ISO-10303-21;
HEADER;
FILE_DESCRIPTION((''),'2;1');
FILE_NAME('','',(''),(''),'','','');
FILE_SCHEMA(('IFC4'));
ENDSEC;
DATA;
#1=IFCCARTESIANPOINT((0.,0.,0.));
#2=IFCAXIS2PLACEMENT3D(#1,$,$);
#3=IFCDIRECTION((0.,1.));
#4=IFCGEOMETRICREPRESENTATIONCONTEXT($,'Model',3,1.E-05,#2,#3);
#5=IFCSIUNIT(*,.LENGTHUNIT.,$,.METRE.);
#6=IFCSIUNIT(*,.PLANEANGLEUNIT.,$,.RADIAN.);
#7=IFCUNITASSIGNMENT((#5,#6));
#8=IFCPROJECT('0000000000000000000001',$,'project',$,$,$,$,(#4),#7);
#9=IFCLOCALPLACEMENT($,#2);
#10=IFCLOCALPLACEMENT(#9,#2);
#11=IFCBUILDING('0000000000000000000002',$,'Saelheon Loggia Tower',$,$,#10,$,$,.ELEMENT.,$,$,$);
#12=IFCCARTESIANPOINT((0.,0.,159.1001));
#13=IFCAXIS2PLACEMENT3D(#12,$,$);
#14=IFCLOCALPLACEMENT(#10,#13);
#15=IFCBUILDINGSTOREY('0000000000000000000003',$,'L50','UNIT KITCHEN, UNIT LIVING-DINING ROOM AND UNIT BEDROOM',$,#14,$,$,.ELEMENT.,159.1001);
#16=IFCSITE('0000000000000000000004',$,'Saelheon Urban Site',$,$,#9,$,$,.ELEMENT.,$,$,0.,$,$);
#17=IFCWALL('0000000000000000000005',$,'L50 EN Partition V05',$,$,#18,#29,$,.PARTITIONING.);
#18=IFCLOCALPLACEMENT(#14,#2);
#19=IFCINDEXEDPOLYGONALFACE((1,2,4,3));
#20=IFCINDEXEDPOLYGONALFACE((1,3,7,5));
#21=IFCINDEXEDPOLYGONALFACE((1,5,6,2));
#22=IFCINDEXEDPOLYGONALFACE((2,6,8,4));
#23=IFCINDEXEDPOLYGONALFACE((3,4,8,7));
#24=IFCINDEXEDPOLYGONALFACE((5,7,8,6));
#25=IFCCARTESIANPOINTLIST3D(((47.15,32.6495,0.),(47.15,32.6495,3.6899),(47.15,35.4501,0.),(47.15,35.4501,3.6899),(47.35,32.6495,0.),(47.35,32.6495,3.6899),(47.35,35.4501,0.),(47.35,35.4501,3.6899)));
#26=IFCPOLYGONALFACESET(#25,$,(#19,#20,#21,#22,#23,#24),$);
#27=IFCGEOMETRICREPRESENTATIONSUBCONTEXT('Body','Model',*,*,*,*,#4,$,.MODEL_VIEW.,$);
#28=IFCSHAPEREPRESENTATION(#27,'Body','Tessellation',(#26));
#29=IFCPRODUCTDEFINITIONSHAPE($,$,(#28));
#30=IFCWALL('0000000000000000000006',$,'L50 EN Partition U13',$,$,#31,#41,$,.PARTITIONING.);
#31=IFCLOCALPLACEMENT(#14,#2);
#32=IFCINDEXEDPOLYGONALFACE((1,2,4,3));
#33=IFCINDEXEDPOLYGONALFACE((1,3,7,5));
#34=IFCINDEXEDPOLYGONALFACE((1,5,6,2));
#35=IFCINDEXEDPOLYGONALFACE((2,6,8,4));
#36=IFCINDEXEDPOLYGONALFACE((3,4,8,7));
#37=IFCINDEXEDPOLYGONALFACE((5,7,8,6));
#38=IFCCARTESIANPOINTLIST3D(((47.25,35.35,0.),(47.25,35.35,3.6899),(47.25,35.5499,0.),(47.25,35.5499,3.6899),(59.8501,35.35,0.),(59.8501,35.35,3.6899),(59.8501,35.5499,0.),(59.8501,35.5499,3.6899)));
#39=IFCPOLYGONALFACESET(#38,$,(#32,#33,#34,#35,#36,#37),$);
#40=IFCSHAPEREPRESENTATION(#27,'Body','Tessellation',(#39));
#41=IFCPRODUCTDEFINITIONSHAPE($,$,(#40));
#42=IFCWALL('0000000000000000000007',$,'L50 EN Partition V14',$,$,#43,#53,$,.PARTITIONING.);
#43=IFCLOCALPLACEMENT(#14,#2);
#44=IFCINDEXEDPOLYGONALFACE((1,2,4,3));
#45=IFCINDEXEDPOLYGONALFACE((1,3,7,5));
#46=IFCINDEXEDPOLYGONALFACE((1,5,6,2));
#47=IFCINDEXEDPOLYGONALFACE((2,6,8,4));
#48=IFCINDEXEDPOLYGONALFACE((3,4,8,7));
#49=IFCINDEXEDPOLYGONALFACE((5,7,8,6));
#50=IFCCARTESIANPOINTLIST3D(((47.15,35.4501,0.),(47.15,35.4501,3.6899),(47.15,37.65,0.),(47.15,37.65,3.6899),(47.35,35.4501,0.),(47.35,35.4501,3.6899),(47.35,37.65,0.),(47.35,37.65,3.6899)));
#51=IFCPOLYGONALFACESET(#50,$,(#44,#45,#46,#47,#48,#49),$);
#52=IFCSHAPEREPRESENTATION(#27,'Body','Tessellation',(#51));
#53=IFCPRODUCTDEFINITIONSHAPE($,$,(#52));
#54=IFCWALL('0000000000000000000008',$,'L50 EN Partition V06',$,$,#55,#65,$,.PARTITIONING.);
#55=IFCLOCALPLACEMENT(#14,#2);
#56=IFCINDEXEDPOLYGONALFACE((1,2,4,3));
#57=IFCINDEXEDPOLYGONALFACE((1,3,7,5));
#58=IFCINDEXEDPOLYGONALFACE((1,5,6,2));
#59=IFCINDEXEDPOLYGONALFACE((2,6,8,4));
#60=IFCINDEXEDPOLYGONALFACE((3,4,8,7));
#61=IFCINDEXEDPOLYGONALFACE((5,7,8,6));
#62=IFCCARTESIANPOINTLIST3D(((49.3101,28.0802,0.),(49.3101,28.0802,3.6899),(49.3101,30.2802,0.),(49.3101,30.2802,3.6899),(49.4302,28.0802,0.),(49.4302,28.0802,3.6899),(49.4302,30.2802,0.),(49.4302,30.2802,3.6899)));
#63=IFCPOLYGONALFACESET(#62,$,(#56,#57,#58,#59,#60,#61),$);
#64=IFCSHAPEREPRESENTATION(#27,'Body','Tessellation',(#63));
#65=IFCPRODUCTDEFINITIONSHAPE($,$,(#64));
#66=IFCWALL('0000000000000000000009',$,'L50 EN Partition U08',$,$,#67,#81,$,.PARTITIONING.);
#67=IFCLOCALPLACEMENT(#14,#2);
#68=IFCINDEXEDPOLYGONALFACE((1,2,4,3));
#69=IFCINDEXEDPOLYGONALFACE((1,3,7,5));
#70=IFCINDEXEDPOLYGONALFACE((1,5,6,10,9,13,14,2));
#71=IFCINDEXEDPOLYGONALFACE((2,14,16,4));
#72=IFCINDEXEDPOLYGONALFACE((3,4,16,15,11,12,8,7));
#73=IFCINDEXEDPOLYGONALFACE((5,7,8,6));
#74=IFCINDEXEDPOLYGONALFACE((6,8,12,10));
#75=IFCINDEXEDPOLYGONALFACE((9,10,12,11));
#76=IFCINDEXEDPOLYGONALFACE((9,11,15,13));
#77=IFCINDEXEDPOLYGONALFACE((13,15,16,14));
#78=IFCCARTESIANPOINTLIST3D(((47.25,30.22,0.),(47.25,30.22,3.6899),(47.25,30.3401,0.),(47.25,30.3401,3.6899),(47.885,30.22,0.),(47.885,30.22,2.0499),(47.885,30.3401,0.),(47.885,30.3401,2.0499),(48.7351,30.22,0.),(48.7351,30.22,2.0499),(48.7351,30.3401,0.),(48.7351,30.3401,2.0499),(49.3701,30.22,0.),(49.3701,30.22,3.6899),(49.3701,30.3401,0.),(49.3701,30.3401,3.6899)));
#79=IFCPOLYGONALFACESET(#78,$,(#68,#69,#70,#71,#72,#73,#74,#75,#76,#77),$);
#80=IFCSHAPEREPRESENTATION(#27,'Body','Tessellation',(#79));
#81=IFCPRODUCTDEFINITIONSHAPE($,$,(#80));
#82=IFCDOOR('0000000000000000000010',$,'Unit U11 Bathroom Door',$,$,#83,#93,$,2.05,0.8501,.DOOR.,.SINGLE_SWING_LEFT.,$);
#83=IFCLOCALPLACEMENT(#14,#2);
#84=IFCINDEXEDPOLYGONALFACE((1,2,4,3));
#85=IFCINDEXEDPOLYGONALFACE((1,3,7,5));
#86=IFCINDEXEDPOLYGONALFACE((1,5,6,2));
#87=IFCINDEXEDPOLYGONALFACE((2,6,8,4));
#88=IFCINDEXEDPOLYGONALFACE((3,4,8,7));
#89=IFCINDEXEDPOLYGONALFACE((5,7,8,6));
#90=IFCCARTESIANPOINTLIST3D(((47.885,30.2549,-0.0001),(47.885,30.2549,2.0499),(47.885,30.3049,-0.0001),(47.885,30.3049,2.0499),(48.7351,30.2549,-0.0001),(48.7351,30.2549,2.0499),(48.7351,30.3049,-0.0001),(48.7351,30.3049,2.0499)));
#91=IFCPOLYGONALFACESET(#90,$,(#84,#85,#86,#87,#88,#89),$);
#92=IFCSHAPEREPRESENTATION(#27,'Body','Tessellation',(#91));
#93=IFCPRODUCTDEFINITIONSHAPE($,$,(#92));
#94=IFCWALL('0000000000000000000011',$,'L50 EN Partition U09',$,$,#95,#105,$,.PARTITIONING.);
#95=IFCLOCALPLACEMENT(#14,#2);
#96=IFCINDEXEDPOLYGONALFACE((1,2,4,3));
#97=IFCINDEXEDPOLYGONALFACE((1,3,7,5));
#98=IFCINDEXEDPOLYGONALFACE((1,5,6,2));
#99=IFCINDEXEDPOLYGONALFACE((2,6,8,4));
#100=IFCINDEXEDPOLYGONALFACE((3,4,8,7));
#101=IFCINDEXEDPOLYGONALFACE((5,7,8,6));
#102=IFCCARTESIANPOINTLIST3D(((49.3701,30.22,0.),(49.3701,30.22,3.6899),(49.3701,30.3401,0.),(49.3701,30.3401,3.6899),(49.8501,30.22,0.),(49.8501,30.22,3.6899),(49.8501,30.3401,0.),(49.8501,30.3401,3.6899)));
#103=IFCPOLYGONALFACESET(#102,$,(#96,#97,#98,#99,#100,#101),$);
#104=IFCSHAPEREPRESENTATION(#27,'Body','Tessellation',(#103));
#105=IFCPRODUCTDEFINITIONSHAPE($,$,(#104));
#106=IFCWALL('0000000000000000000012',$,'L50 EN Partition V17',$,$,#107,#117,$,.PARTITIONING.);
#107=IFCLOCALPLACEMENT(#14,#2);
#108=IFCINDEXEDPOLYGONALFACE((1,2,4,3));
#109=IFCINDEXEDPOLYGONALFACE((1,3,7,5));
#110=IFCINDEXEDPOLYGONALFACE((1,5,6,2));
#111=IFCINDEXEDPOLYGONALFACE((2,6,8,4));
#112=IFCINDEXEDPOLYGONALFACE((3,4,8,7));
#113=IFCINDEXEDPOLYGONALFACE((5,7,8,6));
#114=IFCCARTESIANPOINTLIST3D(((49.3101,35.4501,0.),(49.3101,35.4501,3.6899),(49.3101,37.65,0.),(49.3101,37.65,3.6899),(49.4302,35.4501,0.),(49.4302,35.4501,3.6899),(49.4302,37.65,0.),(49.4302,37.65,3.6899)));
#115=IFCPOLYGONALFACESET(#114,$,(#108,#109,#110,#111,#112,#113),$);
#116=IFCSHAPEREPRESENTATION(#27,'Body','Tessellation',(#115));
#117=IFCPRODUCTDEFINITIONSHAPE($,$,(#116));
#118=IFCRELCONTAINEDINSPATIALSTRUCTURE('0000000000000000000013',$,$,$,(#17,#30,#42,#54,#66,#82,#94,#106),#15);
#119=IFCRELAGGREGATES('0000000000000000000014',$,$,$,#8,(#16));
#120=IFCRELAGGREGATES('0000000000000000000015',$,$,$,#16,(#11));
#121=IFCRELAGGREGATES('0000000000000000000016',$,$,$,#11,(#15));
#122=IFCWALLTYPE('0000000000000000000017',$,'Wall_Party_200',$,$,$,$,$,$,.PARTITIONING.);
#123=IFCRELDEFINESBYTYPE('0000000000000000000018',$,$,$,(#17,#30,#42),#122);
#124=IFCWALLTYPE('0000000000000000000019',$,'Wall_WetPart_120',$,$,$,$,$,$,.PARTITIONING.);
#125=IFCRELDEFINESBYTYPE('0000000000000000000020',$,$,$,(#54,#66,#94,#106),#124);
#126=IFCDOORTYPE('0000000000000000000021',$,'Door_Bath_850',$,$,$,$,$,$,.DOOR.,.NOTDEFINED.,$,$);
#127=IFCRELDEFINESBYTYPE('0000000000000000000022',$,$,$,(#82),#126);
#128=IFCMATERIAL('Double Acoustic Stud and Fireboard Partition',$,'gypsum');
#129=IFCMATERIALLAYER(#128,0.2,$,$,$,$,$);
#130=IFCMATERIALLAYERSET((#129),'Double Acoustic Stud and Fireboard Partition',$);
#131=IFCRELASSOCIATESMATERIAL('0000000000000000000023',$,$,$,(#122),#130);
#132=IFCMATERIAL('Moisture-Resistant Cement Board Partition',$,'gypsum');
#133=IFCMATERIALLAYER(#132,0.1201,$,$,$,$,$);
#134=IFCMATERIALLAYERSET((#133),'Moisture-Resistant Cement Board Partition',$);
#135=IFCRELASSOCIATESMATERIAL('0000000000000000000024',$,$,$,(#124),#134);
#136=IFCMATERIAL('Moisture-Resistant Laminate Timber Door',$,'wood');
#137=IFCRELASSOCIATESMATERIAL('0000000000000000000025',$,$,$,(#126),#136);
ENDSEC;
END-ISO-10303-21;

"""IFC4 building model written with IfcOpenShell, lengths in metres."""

from ifc_helpers import new_model, si_unit, direction, frame, frame_2d, origin, place, context, subcontext, project, spatial, rectangle, extrude, source, transform, mapped, material, layer, layer_set, type_object, element, fill, save


model = new_model("IFC4")

# Units and contexts
model_context = context("Model", 3, precision=1e-05, world=origin(), true_north=direction((0.0, 1.0)))
body_context = subcontext(model_context, "Body", "Model", "MODEL_VIEW")
ifc_project = project(units=[si_unit("LENGTHUNIT", "METRE"), si_unit("PLANEANGLEUNIT", "RADIAN")], contexts=[model_context])

# Site, building, storey
site_placement = place(None, origin())
site = spatial("IfcSite", under=ifc_project, at=site_placement, Name="Saelheon Urban Site", CompositionType="ELEMENT", RefElevation=0.0)
building_placement = place(site_placement, origin())
building = spatial("IfcBuilding", under=site, at=building_placement, Name="Saelheon Loggia Tower", CompositionType="ELEMENT")
storey_placement = place(building_placement, frame((0.0, 0.0, 159.1001)))
storey = spatial("IfcBuildingStorey", under=building, at=storey_placement, Name="L50", Description="UNIT KITCHEN, UNIT LIVING-DINING ROOM AND UNIT BEDROOM", CompositionType="ELEMENT", Elevation=159.1001)

# Shared definitions
ifc_material_1 = material(Name="Double Acoustic Stud and Fireboard Partition", Category="gypsum")
ifc_layer_1 = layer(ifc_material_1, 0.2)
ifc_layer_set_1 = layer_set([ifc_layer_1], Name="Double Acoustic Stud and Fireboard Partition")
wall_type_1 = type_object("IfcWallType", Name="Wall_Party_200", PredefinedType="PARTITIONING", material=ifc_layer_set_1)

# Walls
wall_1_placement = place(storey_placement, frame((47.25, 32.6494, 0.0), z_axis=(0.0, 0.0, 1.0), x_axis=(0.0, 1.0, 0.0)))
element("IfcWall", 1, at=wall_1_placement, inside=storey, type_object=wall_type_1, Name="L50 EN Partition V05", PredefinedType="PARTITIONING", context=body_context, shape_type="SweptSolid", body=[
    extrude(rectangle(XDim=2.8005, YDim=0.2, at=frame_2d((1.4004, 0.0))), origin(), (0.0, 0.0, 1.0), 3.6899),
])
wall_2_placement = place(storey_placement, frame((47.25, 35.45, 0.0), z_axis=(0.0, 0.0, 1.0), x_axis=(1.0, 0.0, 0.0)))
element("IfcWall", 2, at=wall_2_placement, inside=storey, type_object=wall_type_1, Name="L50 EN Partition U13", PredefinedType="PARTITIONING", context=body_context, shape_type="SweptSolid", body=[
    extrude(rectangle(XDim=12.6001, YDim=0.2, at=frame_2d((6.3, 0.0))), origin(), (0.0, 0.0, 1.0), 3.6899),
])
wall_3_placement = place(storey_placement, frame((47.25, 35.45, 0.0), z_axis=(0.0, 0.0, 1.0), x_axis=(0.0, 1.0, 0.0)))
element("IfcWall", 3, at=wall_3_placement, inside=storey, type_object=wall_type_1, Name="L50 EN Partition V14", PredefinedType="PARTITIONING", context=body_context, shape_type="SweptSolid", body=[
    extrude(rectangle(XDim=2.2, YDim=0.2, at=frame_2d((1.1001, 0.0))), origin(), (0.0, 0.0, 1.0), 3.6899),
])
ifc_material_2 = material(Name="Moisture-Resistant Cement Board Partition", Category="gypsum")
ifc_layer_2 = layer(ifc_material_2, 0.1201)
ifc_layer_set_2 = layer_set([ifc_layer_2], Name="Moisture-Resistant Cement Board Partition")
wall_type_2 = type_object("IfcWallType", Name="Wall_WetPart_120", PredefinedType="PARTITIONING", material=ifc_layer_set_2)
wall_4_placement = place(storey_placement, frame((49.3701, 28.0801, 0.0), z_axis=(0.0, 0.0, 1.0), x_axis=(0.0, 1.0, 0.0)))
element("IfcWall", 4, at=wall_4_placement, inside=storey, type_object=wall_type_2, Name="L50 EN Partition V06", PredefinedType="PARTITIONING", context=body_context, shape_type="SweptSolid", body=[
    extrude(rectangle(XDim=2.2, YDim=0.1201, at=frame_2d((1.1001, 0.0))), origin(), (0.0, 0.0, 1.0), 3.6899),
])

# Wall, opening, door
wall_5_placement = place(storey_placement, frame((47.25, 30.28, 0.0), z_axis=(0.0, 0.0, 1.0), x_axis=(1.0, 0.0, 0.0)))
wall_5 = element("IfcWall", 5, at=wall_5_placement, inside=storey, type_object=wall_type_2, Name="L50 EN Partition U08", PredefinedType="PARTITIONING", context=body_context, shape_type="SweptSolid", body=[
    extrude(rectangle(XDim=2.1201, YDim=0.1201, at=frame_2d((1.0601, 0.0))), origin(), (0.0, 0.0, 1.0), 3.6899),
])
opening_1_placement = place(wall_5_placement, frame((0.635, 0.0, 0.0)))
opening_1 = element("IfcOpeningElement", 6, at=opening_1_placement, cuts=wall_5, PredefinedType="OPENING", context=body_context, shape_type="SweptSolid", body=[
    extrude(rectangle(XDim=0.8501, YDim=2.05, at=frame_2d((0.425, 1.0249))), frame((0.0, 0.072, 0.0), z_axis=(0.0, -1.0, 0.0), x_axis=(1.0, 0.0, 0.0)), (0.0, 0.0, 1.0), 0.144),
])
ifc_material_3 = material(Name="Moisture-Resistant Laminate Timber Door", Category="wood")
door_type_1 = type_object("IfcDoorType", Name="Door_Bath_850", OperationType="NOTDEFINED", PredefinedType="DOOR", material=ifc_material_3)
shared_shape_1 = source(origin(), body_context, "Body", "SweptSolid", [
    extrude(rectangle(XDim=0.8501, YDim=2.05, at=frame_2d((0.425, 1.0249))), frame((0.0, 0.0249, 0.0), z_axis=(0.0, -1.0, 0.0), x_axis=(1.0, 0.0, 0.0)), (0.0, 0.0, 1.0), 0.05),
])
door_1_placement = place(opening_1_placement, origin())
door_1 = element("IfcDoor", 7, at=door_1_placement, inside=storey, type_object=door_type_1, Name="Unit U11 Bathroom Door", OperationType="SINGLE_SWING_LEFT", OverallHeight=2.05, OverallWidth=0.8501, PredefinedType="DOOR", context=body_context, shape_type="MappedRepresentation", body=[
    mapped(shared_shape_1, transform((0.0, 0.0, 0.0), scale=1.0)),
])
fill(opening_1, door_1)

# Walls
wall_6_placement = place(storey_placement, frame((49.3701, 30.28, 0.0), z_axis=(0.0, 0.0, 1.0), x_axis=(1.0, 0.0, 0.0)))
element("IfcWall", 8, at=wall_6_placement, inside=storey, type_object=wall_type_2, Name="L50 EN Partition U09", PredefinedType="PARTITIONING", context=body_context, shape_type="SweptSolid", body=[
    extrude(rectangle(XDim=0.48, YDim=0.1201, at=frame_2d((0.24, 0.0))), origin(), (0.0, 0.0, 1.0), 3.6899),
])
wall_7_placement = place(storey_placement, frame((49.3701, 35.45, 0.0), z_axis=(0.0, 0.0, 1.0), x_axis=(0.0, 1.0, 0.0)))
element("IfcWall", 9, at=wall_7_placement, inside=storey, type_object=wall_type_2, Name="L50 EN Partition V17", PredefinedType="PARTITIONING", context=body_context, shape_type="SweptSolid", body=[
    extrude(rectangle(XDim=2.2, YDim=0.1201, at=frame_2d((1.1001, 0.0))), origin(), (0.0, 0.0, 1.0), 3.6899),
])

save(model, "model.ifc")
